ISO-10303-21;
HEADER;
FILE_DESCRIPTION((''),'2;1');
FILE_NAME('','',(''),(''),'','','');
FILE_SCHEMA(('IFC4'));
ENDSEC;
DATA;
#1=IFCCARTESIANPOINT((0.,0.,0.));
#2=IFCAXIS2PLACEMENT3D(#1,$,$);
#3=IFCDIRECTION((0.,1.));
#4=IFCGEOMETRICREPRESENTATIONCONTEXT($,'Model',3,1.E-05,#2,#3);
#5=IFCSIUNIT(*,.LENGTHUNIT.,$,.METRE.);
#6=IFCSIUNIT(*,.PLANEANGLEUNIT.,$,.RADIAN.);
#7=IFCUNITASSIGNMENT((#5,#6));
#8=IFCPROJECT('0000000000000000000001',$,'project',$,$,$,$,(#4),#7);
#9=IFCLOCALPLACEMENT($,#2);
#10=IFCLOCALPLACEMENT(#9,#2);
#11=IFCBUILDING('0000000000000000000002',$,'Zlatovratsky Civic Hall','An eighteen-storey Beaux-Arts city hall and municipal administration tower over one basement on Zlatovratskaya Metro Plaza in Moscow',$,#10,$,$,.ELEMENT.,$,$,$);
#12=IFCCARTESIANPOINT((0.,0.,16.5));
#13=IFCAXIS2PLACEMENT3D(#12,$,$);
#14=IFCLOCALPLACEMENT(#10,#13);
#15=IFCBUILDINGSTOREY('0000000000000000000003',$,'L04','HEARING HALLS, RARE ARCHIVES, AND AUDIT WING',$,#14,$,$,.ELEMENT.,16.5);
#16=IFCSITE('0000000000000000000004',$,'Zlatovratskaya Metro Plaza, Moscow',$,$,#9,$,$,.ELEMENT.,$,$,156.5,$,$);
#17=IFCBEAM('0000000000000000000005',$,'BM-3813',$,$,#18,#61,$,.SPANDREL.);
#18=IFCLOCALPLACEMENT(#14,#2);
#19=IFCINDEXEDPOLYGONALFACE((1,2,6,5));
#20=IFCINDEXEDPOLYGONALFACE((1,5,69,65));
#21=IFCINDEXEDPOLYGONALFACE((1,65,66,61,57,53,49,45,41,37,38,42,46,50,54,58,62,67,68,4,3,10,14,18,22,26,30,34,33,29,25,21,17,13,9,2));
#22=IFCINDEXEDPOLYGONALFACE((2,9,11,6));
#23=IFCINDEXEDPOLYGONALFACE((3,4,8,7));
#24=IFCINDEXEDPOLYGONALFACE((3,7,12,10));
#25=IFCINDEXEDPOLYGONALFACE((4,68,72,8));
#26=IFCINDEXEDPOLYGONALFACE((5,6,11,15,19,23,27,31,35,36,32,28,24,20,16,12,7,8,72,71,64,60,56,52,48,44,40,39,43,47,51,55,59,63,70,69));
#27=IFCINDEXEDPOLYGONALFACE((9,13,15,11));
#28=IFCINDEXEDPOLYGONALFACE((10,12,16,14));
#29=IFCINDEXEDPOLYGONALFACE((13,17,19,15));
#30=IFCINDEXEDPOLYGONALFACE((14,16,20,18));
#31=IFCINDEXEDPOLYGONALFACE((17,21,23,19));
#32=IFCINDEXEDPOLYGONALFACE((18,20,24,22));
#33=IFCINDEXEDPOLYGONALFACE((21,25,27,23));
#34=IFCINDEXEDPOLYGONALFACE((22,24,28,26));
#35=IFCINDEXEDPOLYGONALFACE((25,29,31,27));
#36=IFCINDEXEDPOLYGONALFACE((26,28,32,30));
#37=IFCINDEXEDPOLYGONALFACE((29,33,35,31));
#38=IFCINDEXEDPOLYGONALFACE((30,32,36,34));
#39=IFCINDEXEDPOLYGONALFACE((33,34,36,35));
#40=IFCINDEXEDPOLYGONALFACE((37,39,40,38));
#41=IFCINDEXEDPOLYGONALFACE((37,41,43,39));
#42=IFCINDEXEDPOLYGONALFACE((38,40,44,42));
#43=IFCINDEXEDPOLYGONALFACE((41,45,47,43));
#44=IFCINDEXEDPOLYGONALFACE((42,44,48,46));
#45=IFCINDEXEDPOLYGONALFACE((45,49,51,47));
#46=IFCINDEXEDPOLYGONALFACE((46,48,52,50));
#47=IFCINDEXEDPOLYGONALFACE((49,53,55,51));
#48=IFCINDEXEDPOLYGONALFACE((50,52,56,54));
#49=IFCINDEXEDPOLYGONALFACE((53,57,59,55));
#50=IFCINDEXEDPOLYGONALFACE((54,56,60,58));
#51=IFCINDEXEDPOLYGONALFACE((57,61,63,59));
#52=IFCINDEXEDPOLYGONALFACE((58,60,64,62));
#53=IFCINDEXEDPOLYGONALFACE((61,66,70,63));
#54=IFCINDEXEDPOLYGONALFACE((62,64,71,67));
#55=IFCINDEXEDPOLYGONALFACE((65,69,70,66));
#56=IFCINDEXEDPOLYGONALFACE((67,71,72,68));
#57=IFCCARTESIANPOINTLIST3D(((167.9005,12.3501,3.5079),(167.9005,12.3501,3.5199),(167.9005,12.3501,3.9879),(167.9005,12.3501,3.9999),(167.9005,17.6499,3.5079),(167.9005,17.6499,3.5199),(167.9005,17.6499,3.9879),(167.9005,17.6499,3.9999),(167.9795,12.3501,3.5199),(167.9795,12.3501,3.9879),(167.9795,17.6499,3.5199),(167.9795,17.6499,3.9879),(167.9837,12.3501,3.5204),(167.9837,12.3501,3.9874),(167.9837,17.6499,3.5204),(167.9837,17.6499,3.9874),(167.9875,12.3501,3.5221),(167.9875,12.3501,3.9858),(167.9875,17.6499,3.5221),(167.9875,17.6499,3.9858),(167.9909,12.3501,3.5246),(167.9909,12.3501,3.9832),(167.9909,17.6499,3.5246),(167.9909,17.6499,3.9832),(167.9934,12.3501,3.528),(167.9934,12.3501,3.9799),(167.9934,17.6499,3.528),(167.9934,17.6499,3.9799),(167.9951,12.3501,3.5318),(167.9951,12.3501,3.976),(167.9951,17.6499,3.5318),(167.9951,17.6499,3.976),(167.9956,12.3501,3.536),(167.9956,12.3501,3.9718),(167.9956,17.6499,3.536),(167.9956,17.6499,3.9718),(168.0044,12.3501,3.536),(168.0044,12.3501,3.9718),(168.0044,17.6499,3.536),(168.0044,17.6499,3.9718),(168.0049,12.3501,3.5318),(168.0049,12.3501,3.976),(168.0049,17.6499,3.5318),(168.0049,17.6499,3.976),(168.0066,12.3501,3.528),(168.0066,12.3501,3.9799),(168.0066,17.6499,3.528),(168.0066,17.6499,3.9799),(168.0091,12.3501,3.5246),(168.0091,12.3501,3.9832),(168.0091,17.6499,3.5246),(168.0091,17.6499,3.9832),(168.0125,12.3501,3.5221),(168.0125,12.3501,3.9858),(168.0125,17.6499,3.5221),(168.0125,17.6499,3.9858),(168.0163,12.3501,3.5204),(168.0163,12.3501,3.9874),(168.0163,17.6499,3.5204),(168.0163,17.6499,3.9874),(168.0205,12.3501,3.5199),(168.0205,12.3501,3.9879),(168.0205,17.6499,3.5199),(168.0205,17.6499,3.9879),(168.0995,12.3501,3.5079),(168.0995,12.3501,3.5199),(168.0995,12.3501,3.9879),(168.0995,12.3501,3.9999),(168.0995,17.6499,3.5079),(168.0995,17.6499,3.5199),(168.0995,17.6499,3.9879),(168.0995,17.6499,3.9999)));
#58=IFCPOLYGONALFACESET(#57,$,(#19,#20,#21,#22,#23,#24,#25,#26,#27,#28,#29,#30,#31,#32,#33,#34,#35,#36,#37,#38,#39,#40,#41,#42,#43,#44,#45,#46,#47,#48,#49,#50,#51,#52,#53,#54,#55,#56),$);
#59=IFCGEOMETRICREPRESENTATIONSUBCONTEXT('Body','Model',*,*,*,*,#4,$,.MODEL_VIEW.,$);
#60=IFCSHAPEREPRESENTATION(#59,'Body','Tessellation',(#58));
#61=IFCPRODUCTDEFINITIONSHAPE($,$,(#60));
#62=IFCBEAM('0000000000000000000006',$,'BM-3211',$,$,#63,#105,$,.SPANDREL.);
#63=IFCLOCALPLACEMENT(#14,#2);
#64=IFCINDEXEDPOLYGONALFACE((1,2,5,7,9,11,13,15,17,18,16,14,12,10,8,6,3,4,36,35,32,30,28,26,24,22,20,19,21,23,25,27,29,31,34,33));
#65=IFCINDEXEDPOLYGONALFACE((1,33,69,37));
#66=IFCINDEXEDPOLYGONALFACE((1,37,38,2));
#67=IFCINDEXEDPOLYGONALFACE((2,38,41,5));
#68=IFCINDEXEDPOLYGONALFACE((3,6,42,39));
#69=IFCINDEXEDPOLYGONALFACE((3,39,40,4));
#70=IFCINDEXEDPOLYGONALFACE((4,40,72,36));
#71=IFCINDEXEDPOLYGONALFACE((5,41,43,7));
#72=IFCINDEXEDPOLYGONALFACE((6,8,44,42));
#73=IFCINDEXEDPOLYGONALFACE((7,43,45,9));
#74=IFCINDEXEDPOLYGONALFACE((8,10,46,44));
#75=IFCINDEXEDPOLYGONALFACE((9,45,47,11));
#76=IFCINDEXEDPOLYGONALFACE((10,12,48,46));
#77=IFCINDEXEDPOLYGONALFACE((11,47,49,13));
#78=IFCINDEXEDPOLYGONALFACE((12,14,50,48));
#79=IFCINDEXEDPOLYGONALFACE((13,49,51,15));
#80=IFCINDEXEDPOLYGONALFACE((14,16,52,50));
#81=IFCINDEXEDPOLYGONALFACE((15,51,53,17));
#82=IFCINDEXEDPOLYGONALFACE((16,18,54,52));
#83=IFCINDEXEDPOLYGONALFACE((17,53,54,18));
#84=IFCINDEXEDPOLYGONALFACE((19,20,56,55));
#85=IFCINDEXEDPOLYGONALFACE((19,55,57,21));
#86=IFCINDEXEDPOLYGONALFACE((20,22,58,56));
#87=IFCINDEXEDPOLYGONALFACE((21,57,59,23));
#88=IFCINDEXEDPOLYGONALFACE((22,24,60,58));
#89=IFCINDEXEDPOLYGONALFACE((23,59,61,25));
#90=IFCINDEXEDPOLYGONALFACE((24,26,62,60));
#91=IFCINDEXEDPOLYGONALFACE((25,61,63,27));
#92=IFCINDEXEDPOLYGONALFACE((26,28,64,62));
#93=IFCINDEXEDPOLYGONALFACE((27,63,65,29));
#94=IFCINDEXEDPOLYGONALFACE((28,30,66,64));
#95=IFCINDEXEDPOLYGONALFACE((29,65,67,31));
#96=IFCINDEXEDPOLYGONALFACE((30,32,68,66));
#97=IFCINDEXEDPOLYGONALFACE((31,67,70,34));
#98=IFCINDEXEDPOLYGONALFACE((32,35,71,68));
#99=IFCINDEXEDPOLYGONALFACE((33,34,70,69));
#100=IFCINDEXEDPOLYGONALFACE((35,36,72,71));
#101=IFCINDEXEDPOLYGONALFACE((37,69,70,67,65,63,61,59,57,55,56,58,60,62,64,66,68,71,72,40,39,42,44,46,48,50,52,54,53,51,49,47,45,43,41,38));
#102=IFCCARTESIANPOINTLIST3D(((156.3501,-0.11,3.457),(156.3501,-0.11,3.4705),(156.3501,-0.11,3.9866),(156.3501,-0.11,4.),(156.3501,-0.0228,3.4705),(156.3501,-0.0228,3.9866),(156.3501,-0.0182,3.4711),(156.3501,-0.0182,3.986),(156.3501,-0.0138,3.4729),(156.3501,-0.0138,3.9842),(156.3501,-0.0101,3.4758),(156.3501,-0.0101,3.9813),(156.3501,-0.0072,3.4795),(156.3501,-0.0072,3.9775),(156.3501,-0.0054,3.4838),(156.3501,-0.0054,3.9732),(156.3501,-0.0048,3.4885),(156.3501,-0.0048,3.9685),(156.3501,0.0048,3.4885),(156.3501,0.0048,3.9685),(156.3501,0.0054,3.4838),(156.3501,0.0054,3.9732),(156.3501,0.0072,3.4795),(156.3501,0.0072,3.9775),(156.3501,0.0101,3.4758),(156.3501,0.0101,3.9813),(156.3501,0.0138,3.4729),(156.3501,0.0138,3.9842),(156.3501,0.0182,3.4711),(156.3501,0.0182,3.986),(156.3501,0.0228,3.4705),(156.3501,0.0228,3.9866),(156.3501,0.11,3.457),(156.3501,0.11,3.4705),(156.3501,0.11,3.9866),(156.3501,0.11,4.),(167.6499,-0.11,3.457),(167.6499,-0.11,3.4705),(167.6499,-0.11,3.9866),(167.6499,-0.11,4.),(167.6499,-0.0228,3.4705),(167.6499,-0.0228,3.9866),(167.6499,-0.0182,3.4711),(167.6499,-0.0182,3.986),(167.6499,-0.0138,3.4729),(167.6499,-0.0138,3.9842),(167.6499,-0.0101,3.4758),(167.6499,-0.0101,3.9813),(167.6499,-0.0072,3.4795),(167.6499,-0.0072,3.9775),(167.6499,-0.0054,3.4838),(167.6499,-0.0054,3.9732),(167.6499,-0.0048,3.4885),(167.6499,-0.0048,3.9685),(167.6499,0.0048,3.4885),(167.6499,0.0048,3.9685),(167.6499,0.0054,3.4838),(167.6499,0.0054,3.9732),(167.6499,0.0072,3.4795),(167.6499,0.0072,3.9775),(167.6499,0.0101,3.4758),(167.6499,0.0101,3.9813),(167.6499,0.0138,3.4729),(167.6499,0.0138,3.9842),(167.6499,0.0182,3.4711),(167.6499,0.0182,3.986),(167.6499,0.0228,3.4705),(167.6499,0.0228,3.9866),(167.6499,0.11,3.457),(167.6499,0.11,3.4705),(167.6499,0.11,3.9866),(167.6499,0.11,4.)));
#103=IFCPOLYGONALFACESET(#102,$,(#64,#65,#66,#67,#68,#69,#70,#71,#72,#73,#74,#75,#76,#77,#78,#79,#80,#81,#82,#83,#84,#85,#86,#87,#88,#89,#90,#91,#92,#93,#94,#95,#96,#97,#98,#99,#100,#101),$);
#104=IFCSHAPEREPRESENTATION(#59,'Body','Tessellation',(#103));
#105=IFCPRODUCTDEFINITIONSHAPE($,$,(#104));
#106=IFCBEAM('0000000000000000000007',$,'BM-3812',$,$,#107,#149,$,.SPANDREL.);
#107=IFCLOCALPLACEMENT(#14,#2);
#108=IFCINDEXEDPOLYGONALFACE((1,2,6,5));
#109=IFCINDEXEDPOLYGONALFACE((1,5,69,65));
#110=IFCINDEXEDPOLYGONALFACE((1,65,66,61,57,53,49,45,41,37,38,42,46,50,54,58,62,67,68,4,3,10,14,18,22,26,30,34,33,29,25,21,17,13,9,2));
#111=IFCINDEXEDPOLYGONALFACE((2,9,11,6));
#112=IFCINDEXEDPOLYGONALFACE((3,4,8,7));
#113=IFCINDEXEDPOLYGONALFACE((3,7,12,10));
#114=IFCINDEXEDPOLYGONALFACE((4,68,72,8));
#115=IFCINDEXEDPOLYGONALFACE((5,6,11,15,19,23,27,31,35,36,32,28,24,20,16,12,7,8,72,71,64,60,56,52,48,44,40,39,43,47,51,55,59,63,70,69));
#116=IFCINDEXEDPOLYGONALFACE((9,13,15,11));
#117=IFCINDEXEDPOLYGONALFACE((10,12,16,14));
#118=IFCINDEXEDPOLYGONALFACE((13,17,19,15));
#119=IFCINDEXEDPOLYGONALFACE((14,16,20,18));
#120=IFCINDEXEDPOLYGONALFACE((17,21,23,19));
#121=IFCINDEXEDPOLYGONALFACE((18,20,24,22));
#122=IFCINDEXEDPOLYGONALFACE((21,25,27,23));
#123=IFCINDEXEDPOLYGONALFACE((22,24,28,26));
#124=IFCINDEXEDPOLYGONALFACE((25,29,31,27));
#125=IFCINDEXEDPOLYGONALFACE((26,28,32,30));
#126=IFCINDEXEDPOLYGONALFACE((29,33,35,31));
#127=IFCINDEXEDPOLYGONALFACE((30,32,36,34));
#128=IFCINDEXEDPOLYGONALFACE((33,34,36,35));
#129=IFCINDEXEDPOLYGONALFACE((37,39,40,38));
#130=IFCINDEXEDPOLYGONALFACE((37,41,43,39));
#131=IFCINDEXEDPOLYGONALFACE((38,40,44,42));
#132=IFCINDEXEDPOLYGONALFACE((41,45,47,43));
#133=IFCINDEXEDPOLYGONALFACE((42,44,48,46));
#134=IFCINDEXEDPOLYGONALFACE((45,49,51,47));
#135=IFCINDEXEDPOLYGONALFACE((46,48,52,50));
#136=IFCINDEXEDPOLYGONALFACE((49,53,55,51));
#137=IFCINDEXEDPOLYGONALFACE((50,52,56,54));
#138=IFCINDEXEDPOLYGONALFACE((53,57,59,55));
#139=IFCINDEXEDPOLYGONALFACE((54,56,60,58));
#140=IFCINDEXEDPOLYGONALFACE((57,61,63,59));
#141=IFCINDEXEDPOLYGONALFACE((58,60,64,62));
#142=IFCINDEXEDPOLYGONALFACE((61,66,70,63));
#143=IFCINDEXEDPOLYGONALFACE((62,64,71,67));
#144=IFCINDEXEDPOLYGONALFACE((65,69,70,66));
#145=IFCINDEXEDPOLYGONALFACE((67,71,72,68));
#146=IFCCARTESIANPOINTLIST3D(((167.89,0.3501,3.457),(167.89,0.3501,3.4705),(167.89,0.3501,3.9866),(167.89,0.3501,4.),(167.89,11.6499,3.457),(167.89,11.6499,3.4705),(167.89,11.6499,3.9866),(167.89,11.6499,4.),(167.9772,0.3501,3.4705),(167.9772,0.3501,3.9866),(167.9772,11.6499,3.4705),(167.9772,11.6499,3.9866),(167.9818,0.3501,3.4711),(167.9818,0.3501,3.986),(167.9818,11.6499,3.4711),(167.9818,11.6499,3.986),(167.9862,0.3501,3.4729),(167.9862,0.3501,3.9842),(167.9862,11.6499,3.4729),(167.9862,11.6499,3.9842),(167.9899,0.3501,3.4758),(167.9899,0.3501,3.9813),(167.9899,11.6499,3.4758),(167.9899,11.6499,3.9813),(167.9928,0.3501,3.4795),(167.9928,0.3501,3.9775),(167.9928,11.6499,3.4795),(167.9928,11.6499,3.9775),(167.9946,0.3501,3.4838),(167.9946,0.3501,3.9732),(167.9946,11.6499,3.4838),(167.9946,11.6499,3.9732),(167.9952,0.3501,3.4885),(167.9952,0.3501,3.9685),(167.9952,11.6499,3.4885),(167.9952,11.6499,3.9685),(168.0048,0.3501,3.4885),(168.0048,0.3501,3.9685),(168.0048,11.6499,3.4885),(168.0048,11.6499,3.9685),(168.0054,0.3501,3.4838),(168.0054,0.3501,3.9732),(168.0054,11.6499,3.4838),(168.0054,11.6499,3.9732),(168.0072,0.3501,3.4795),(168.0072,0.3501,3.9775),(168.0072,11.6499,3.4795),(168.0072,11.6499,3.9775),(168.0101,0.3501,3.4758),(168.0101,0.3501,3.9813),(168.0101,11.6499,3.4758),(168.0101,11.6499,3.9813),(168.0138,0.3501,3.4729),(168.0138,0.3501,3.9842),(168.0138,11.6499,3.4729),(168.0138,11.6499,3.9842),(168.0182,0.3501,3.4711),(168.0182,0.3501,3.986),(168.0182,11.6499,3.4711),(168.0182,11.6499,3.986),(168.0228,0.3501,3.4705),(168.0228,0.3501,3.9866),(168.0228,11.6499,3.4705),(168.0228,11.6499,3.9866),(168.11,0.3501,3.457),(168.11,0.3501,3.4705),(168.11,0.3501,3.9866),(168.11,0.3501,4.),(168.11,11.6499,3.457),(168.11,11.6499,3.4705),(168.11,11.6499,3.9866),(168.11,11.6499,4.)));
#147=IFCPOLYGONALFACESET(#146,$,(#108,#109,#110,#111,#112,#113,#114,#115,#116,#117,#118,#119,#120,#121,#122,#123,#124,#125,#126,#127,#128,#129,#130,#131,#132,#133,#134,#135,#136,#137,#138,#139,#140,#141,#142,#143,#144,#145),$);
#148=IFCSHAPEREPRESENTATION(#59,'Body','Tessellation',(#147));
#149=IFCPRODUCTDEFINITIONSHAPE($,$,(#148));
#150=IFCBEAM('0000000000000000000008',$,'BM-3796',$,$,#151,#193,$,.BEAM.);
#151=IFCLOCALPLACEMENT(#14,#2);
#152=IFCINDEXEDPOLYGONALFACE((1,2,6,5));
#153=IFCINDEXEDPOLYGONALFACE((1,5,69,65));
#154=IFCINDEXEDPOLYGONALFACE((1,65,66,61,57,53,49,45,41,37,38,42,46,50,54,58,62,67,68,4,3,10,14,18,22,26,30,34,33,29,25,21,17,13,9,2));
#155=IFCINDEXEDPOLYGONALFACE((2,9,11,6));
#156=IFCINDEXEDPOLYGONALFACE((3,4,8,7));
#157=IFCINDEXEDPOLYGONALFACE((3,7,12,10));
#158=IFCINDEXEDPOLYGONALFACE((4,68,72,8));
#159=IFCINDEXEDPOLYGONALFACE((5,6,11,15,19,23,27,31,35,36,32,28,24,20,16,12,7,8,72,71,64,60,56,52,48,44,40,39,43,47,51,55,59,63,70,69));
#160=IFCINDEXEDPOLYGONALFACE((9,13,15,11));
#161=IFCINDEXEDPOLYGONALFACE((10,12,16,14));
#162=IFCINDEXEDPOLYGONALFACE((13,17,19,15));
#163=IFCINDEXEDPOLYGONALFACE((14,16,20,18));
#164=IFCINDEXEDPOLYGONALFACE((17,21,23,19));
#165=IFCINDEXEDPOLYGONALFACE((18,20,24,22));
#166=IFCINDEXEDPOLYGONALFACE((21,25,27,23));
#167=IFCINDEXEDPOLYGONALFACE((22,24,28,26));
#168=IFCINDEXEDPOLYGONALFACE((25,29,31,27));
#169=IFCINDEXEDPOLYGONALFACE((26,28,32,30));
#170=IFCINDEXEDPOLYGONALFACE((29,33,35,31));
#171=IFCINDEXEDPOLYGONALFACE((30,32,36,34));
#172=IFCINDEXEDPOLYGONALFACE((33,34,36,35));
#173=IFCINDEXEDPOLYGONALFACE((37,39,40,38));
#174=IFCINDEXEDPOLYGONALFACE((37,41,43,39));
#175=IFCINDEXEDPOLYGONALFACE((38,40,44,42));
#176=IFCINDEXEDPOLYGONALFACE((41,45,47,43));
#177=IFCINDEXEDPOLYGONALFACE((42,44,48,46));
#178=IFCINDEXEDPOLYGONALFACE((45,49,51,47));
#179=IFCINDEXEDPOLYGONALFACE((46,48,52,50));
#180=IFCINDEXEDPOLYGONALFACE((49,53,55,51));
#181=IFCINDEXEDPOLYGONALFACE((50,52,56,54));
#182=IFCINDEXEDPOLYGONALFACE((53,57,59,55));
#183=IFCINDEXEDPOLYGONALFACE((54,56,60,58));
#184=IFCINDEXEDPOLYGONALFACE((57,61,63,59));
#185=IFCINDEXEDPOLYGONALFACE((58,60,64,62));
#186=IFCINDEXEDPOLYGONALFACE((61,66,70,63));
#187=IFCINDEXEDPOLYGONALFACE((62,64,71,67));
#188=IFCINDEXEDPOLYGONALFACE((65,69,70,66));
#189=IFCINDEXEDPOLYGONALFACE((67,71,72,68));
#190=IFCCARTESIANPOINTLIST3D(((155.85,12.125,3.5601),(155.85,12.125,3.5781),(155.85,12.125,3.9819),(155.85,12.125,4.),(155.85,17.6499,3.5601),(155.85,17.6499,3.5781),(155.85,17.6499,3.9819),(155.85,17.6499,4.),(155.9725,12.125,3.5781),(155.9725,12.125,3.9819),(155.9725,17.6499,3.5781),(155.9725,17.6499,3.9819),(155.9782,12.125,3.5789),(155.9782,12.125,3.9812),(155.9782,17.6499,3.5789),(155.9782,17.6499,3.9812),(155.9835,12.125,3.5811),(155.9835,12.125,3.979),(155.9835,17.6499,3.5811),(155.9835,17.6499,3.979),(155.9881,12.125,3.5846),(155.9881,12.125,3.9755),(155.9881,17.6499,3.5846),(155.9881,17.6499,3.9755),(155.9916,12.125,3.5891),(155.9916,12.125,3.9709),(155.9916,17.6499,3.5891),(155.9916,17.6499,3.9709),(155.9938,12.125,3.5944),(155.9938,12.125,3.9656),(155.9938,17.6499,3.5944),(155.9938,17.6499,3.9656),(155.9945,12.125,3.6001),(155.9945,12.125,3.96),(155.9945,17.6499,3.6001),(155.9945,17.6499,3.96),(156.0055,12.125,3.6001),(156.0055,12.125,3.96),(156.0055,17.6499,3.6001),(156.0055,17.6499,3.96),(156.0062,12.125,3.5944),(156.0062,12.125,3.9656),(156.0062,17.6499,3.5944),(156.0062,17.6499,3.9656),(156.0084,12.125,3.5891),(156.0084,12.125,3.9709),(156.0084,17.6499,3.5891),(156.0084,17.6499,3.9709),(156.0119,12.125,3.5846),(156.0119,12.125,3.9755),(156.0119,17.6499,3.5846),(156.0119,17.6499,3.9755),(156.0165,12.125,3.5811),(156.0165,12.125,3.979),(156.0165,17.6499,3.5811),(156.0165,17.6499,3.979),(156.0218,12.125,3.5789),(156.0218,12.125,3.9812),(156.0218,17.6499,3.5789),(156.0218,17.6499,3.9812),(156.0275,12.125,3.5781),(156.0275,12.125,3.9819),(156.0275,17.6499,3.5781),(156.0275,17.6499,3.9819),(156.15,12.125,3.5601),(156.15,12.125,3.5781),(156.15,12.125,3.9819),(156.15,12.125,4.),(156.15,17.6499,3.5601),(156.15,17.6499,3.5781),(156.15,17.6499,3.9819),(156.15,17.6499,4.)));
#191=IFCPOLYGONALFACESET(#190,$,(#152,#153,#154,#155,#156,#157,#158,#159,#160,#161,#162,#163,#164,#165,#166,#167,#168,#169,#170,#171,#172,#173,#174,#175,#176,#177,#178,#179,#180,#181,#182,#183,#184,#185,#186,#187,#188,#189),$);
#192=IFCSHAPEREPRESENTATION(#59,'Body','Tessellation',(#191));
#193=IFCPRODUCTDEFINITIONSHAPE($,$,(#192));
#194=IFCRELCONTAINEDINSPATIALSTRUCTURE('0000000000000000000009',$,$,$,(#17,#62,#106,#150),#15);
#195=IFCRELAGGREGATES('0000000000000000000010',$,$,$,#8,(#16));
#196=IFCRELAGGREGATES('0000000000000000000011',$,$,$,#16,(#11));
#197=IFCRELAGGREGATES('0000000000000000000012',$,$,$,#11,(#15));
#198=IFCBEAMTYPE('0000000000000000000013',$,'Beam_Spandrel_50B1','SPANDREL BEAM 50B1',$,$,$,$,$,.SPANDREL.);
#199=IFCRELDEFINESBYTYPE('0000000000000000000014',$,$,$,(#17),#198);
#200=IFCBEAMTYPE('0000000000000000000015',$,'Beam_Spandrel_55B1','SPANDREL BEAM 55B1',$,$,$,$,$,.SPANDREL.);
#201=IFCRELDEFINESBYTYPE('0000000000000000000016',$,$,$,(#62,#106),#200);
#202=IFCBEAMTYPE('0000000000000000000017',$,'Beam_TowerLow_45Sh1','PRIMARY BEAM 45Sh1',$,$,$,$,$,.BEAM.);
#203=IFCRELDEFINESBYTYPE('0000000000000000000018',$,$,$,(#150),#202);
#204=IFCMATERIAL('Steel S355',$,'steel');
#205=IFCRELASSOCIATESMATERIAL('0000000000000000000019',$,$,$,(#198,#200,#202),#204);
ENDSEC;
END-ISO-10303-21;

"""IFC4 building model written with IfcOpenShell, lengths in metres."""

from ifc_helpers import new_model, si_unit, direction, frame, origin, origin_2d, place, context, subcontext, project, spatial, i_section, extrude, material, material_profile, profile_set, type_object, element, save


model = new_model("IFC4")

# Units and contexts
model_context = context("Model", 3, precision=1e-05, world=origin(), true_north=direction((0.0, 1.0)))
body_context = subcontext(model_context, "Body", "Model", "MODEL_VIEW")
ifc_project = project(units=[si_unit("LENGTHUNIT", "METRE"), si_unit("PLANEANGLEUNIT", "RADIAN")], contexts=[model_context])

# Site, building, storey
site_placement = place(None, origin())
site = spatial("IfcSite", under=ifc_project, at=site_placement, Name="Zlatovratskaya Metro Plaza, Moscow", CompositionType="ELEMENT", RefElevation=156.5)
building_placement = place(site_placement, origin())
building = spatial("IfcBuilding", under=site, at=building_placement, Name="Zlatovratsky Civic Hall", Description="An eighteen-storey Beaux-Arts city hall and municipal administration tower over one basement on Zlatovratskaya Metro Plaza in Moscow", CompositionType="ELEMENT")
storey_placement = place(building_placement, frame((0.0, 0.0, 16.5)))
storey = spatial("IfcBuildingStorey", under=building, at=storey_placement, Name="L04", Description="HEARING HALLS, RARE ARCHIVES, AND AUDIT WING", CompositionType="ELEMENT", Elevation=16.5)

# Shared definitions
ifc_material_1 = material(Name="Steel S355", Category="steel")

# Beams
ifc_material_profile_1 = material_profile(ifc_material_1, i_section(OverallWidth=0.199, OverallDepth=0.4919, WebThickness=0.0088, FlangeThickness=0.012, FilletRadius=0.0161, at=origin_2d()), Name="50B1")
ifc_profile_set_1 = profile_set([ifc_material_profile_1], Name="Steel S355")
beam_type_1 = type_object("IfcBeamType", Name="Beam_Spandrel_50B1", Description="SPANDREL BEAM 50B1", PredefinedType="SPANDREL", material=ifc_profile_set_1)
beam_1_placement = place(storey_placement, frame((168.0, 12.3501, 3.7539), z_axis=(0.0, 1.0, 0.0), x_axis=(-1.0, 0.0, 0.0)))
element("IfcBeam", 1, at=beam_1_placement, inside=storey, type_object=beam_type_1, Name="BM-3813", PredefinedType="SPANDREL", context=body_context, shape_type="SweptSolid", body=[
    extrude(i_section(OverallWidth=0.199, OverallDepth=0.4919, WebThickness=0.0088, FlangeThickness=0.012, FilletRadius=0.0161, at=origin_2d()), origin(), (0.0, 0.0, 1.0), 5.2998),
])
ifc_material_profile_2 = material_profile(ifc_material_1, i_section(OverallWidth=0.22, OverallDepth=0.543, WebThickness=0.0095, FlangeThickness=0.0134, FilletRadius=0.0181, at=origin_2d()), Name="55B1")
ifc_profile_set_2 = profile_set([ifc_material_profile_2], Name="Steel S355")
beam_type_2 = type_object("IfcBeamType", Name="Beam_Spandrel_55B1", Description="SPANDREL BEAM 55B1", PredefinedType="SPANDREL", material=ifc_profile_set_2)
for number, where, z_axis, x_axis, name in (
    (2, (156.3501, 0.0, 3.7285), (1.0, 0.0, 0.0), (0.0, 1.0, 0.0), "BM-3211"),
    (3, (168.0, 0.3501, 3.7285), (0.0, 1.0, 0.0), (-1.0, 0.0, 0.0), "BM-3812"),
):
    element("IfcBeam", number, at=place(storey_placement, frame(where, z_axis=z_axis, x_axis=x_axis)), inside=storey, type_object=beam_type_2, Name=name, PredefinedType="SPANDREL", context=body_context, shape_type="SweptSolid", body=[
        extrude(i_section(OverallWidth=0.22, OverallDepth=0.543, WebThickness=0.0095, FlangeThickness=0.0134, FilletRadius=0.0181, at=origin_2d()), origin(), (0.0, 0.0, 1.0), 11.2998),
    ])
ifc_material_profile_3 = material_profile(ifc_material_1, i_section(OverallWidth=0.3, OverallDepth=0.4399, WebThickness=0.011, FlangeThickness=0.0181, FilletRadius=0.022, at=origin_2d()), Name="45Sh1")
ifc_profile_set_3 = profile_set([ifc_material_profile_3], Name="Steel S355")
beam_type_3 = type_object("IfcBeamType", Name="Beam_TowerLow_45Sh1", Description="PRIMARY BEAM 45Sh1", PredefinedType="BEAM", material=ifc_profile_set_3)
beam_2_placement = place(storey_placement, frame((156.0, 12.125, 3.78), z_axis=(0.0, 1.0, 0.0), x_axis=(-1.0, 0.0, 0.0)))
element("IfcBeam", 4, at=beam_2_placement, inside=storey, type_object=beam_type_3, Name="BM-3796", PredefinedType="BEAM", context=body_context, shape_type="SweptSolid", body=[
    extrude(i_section(OverallWidth=0.3, OverallDepth=0.4399, WebThickness=0.011, FlangeThickness=0.0181, FilletRadius=0.022, at=origin_2d()), origin(), (0.0, 0.0, 1.0), 5.5249),
])

save(model, "model.ifc")
